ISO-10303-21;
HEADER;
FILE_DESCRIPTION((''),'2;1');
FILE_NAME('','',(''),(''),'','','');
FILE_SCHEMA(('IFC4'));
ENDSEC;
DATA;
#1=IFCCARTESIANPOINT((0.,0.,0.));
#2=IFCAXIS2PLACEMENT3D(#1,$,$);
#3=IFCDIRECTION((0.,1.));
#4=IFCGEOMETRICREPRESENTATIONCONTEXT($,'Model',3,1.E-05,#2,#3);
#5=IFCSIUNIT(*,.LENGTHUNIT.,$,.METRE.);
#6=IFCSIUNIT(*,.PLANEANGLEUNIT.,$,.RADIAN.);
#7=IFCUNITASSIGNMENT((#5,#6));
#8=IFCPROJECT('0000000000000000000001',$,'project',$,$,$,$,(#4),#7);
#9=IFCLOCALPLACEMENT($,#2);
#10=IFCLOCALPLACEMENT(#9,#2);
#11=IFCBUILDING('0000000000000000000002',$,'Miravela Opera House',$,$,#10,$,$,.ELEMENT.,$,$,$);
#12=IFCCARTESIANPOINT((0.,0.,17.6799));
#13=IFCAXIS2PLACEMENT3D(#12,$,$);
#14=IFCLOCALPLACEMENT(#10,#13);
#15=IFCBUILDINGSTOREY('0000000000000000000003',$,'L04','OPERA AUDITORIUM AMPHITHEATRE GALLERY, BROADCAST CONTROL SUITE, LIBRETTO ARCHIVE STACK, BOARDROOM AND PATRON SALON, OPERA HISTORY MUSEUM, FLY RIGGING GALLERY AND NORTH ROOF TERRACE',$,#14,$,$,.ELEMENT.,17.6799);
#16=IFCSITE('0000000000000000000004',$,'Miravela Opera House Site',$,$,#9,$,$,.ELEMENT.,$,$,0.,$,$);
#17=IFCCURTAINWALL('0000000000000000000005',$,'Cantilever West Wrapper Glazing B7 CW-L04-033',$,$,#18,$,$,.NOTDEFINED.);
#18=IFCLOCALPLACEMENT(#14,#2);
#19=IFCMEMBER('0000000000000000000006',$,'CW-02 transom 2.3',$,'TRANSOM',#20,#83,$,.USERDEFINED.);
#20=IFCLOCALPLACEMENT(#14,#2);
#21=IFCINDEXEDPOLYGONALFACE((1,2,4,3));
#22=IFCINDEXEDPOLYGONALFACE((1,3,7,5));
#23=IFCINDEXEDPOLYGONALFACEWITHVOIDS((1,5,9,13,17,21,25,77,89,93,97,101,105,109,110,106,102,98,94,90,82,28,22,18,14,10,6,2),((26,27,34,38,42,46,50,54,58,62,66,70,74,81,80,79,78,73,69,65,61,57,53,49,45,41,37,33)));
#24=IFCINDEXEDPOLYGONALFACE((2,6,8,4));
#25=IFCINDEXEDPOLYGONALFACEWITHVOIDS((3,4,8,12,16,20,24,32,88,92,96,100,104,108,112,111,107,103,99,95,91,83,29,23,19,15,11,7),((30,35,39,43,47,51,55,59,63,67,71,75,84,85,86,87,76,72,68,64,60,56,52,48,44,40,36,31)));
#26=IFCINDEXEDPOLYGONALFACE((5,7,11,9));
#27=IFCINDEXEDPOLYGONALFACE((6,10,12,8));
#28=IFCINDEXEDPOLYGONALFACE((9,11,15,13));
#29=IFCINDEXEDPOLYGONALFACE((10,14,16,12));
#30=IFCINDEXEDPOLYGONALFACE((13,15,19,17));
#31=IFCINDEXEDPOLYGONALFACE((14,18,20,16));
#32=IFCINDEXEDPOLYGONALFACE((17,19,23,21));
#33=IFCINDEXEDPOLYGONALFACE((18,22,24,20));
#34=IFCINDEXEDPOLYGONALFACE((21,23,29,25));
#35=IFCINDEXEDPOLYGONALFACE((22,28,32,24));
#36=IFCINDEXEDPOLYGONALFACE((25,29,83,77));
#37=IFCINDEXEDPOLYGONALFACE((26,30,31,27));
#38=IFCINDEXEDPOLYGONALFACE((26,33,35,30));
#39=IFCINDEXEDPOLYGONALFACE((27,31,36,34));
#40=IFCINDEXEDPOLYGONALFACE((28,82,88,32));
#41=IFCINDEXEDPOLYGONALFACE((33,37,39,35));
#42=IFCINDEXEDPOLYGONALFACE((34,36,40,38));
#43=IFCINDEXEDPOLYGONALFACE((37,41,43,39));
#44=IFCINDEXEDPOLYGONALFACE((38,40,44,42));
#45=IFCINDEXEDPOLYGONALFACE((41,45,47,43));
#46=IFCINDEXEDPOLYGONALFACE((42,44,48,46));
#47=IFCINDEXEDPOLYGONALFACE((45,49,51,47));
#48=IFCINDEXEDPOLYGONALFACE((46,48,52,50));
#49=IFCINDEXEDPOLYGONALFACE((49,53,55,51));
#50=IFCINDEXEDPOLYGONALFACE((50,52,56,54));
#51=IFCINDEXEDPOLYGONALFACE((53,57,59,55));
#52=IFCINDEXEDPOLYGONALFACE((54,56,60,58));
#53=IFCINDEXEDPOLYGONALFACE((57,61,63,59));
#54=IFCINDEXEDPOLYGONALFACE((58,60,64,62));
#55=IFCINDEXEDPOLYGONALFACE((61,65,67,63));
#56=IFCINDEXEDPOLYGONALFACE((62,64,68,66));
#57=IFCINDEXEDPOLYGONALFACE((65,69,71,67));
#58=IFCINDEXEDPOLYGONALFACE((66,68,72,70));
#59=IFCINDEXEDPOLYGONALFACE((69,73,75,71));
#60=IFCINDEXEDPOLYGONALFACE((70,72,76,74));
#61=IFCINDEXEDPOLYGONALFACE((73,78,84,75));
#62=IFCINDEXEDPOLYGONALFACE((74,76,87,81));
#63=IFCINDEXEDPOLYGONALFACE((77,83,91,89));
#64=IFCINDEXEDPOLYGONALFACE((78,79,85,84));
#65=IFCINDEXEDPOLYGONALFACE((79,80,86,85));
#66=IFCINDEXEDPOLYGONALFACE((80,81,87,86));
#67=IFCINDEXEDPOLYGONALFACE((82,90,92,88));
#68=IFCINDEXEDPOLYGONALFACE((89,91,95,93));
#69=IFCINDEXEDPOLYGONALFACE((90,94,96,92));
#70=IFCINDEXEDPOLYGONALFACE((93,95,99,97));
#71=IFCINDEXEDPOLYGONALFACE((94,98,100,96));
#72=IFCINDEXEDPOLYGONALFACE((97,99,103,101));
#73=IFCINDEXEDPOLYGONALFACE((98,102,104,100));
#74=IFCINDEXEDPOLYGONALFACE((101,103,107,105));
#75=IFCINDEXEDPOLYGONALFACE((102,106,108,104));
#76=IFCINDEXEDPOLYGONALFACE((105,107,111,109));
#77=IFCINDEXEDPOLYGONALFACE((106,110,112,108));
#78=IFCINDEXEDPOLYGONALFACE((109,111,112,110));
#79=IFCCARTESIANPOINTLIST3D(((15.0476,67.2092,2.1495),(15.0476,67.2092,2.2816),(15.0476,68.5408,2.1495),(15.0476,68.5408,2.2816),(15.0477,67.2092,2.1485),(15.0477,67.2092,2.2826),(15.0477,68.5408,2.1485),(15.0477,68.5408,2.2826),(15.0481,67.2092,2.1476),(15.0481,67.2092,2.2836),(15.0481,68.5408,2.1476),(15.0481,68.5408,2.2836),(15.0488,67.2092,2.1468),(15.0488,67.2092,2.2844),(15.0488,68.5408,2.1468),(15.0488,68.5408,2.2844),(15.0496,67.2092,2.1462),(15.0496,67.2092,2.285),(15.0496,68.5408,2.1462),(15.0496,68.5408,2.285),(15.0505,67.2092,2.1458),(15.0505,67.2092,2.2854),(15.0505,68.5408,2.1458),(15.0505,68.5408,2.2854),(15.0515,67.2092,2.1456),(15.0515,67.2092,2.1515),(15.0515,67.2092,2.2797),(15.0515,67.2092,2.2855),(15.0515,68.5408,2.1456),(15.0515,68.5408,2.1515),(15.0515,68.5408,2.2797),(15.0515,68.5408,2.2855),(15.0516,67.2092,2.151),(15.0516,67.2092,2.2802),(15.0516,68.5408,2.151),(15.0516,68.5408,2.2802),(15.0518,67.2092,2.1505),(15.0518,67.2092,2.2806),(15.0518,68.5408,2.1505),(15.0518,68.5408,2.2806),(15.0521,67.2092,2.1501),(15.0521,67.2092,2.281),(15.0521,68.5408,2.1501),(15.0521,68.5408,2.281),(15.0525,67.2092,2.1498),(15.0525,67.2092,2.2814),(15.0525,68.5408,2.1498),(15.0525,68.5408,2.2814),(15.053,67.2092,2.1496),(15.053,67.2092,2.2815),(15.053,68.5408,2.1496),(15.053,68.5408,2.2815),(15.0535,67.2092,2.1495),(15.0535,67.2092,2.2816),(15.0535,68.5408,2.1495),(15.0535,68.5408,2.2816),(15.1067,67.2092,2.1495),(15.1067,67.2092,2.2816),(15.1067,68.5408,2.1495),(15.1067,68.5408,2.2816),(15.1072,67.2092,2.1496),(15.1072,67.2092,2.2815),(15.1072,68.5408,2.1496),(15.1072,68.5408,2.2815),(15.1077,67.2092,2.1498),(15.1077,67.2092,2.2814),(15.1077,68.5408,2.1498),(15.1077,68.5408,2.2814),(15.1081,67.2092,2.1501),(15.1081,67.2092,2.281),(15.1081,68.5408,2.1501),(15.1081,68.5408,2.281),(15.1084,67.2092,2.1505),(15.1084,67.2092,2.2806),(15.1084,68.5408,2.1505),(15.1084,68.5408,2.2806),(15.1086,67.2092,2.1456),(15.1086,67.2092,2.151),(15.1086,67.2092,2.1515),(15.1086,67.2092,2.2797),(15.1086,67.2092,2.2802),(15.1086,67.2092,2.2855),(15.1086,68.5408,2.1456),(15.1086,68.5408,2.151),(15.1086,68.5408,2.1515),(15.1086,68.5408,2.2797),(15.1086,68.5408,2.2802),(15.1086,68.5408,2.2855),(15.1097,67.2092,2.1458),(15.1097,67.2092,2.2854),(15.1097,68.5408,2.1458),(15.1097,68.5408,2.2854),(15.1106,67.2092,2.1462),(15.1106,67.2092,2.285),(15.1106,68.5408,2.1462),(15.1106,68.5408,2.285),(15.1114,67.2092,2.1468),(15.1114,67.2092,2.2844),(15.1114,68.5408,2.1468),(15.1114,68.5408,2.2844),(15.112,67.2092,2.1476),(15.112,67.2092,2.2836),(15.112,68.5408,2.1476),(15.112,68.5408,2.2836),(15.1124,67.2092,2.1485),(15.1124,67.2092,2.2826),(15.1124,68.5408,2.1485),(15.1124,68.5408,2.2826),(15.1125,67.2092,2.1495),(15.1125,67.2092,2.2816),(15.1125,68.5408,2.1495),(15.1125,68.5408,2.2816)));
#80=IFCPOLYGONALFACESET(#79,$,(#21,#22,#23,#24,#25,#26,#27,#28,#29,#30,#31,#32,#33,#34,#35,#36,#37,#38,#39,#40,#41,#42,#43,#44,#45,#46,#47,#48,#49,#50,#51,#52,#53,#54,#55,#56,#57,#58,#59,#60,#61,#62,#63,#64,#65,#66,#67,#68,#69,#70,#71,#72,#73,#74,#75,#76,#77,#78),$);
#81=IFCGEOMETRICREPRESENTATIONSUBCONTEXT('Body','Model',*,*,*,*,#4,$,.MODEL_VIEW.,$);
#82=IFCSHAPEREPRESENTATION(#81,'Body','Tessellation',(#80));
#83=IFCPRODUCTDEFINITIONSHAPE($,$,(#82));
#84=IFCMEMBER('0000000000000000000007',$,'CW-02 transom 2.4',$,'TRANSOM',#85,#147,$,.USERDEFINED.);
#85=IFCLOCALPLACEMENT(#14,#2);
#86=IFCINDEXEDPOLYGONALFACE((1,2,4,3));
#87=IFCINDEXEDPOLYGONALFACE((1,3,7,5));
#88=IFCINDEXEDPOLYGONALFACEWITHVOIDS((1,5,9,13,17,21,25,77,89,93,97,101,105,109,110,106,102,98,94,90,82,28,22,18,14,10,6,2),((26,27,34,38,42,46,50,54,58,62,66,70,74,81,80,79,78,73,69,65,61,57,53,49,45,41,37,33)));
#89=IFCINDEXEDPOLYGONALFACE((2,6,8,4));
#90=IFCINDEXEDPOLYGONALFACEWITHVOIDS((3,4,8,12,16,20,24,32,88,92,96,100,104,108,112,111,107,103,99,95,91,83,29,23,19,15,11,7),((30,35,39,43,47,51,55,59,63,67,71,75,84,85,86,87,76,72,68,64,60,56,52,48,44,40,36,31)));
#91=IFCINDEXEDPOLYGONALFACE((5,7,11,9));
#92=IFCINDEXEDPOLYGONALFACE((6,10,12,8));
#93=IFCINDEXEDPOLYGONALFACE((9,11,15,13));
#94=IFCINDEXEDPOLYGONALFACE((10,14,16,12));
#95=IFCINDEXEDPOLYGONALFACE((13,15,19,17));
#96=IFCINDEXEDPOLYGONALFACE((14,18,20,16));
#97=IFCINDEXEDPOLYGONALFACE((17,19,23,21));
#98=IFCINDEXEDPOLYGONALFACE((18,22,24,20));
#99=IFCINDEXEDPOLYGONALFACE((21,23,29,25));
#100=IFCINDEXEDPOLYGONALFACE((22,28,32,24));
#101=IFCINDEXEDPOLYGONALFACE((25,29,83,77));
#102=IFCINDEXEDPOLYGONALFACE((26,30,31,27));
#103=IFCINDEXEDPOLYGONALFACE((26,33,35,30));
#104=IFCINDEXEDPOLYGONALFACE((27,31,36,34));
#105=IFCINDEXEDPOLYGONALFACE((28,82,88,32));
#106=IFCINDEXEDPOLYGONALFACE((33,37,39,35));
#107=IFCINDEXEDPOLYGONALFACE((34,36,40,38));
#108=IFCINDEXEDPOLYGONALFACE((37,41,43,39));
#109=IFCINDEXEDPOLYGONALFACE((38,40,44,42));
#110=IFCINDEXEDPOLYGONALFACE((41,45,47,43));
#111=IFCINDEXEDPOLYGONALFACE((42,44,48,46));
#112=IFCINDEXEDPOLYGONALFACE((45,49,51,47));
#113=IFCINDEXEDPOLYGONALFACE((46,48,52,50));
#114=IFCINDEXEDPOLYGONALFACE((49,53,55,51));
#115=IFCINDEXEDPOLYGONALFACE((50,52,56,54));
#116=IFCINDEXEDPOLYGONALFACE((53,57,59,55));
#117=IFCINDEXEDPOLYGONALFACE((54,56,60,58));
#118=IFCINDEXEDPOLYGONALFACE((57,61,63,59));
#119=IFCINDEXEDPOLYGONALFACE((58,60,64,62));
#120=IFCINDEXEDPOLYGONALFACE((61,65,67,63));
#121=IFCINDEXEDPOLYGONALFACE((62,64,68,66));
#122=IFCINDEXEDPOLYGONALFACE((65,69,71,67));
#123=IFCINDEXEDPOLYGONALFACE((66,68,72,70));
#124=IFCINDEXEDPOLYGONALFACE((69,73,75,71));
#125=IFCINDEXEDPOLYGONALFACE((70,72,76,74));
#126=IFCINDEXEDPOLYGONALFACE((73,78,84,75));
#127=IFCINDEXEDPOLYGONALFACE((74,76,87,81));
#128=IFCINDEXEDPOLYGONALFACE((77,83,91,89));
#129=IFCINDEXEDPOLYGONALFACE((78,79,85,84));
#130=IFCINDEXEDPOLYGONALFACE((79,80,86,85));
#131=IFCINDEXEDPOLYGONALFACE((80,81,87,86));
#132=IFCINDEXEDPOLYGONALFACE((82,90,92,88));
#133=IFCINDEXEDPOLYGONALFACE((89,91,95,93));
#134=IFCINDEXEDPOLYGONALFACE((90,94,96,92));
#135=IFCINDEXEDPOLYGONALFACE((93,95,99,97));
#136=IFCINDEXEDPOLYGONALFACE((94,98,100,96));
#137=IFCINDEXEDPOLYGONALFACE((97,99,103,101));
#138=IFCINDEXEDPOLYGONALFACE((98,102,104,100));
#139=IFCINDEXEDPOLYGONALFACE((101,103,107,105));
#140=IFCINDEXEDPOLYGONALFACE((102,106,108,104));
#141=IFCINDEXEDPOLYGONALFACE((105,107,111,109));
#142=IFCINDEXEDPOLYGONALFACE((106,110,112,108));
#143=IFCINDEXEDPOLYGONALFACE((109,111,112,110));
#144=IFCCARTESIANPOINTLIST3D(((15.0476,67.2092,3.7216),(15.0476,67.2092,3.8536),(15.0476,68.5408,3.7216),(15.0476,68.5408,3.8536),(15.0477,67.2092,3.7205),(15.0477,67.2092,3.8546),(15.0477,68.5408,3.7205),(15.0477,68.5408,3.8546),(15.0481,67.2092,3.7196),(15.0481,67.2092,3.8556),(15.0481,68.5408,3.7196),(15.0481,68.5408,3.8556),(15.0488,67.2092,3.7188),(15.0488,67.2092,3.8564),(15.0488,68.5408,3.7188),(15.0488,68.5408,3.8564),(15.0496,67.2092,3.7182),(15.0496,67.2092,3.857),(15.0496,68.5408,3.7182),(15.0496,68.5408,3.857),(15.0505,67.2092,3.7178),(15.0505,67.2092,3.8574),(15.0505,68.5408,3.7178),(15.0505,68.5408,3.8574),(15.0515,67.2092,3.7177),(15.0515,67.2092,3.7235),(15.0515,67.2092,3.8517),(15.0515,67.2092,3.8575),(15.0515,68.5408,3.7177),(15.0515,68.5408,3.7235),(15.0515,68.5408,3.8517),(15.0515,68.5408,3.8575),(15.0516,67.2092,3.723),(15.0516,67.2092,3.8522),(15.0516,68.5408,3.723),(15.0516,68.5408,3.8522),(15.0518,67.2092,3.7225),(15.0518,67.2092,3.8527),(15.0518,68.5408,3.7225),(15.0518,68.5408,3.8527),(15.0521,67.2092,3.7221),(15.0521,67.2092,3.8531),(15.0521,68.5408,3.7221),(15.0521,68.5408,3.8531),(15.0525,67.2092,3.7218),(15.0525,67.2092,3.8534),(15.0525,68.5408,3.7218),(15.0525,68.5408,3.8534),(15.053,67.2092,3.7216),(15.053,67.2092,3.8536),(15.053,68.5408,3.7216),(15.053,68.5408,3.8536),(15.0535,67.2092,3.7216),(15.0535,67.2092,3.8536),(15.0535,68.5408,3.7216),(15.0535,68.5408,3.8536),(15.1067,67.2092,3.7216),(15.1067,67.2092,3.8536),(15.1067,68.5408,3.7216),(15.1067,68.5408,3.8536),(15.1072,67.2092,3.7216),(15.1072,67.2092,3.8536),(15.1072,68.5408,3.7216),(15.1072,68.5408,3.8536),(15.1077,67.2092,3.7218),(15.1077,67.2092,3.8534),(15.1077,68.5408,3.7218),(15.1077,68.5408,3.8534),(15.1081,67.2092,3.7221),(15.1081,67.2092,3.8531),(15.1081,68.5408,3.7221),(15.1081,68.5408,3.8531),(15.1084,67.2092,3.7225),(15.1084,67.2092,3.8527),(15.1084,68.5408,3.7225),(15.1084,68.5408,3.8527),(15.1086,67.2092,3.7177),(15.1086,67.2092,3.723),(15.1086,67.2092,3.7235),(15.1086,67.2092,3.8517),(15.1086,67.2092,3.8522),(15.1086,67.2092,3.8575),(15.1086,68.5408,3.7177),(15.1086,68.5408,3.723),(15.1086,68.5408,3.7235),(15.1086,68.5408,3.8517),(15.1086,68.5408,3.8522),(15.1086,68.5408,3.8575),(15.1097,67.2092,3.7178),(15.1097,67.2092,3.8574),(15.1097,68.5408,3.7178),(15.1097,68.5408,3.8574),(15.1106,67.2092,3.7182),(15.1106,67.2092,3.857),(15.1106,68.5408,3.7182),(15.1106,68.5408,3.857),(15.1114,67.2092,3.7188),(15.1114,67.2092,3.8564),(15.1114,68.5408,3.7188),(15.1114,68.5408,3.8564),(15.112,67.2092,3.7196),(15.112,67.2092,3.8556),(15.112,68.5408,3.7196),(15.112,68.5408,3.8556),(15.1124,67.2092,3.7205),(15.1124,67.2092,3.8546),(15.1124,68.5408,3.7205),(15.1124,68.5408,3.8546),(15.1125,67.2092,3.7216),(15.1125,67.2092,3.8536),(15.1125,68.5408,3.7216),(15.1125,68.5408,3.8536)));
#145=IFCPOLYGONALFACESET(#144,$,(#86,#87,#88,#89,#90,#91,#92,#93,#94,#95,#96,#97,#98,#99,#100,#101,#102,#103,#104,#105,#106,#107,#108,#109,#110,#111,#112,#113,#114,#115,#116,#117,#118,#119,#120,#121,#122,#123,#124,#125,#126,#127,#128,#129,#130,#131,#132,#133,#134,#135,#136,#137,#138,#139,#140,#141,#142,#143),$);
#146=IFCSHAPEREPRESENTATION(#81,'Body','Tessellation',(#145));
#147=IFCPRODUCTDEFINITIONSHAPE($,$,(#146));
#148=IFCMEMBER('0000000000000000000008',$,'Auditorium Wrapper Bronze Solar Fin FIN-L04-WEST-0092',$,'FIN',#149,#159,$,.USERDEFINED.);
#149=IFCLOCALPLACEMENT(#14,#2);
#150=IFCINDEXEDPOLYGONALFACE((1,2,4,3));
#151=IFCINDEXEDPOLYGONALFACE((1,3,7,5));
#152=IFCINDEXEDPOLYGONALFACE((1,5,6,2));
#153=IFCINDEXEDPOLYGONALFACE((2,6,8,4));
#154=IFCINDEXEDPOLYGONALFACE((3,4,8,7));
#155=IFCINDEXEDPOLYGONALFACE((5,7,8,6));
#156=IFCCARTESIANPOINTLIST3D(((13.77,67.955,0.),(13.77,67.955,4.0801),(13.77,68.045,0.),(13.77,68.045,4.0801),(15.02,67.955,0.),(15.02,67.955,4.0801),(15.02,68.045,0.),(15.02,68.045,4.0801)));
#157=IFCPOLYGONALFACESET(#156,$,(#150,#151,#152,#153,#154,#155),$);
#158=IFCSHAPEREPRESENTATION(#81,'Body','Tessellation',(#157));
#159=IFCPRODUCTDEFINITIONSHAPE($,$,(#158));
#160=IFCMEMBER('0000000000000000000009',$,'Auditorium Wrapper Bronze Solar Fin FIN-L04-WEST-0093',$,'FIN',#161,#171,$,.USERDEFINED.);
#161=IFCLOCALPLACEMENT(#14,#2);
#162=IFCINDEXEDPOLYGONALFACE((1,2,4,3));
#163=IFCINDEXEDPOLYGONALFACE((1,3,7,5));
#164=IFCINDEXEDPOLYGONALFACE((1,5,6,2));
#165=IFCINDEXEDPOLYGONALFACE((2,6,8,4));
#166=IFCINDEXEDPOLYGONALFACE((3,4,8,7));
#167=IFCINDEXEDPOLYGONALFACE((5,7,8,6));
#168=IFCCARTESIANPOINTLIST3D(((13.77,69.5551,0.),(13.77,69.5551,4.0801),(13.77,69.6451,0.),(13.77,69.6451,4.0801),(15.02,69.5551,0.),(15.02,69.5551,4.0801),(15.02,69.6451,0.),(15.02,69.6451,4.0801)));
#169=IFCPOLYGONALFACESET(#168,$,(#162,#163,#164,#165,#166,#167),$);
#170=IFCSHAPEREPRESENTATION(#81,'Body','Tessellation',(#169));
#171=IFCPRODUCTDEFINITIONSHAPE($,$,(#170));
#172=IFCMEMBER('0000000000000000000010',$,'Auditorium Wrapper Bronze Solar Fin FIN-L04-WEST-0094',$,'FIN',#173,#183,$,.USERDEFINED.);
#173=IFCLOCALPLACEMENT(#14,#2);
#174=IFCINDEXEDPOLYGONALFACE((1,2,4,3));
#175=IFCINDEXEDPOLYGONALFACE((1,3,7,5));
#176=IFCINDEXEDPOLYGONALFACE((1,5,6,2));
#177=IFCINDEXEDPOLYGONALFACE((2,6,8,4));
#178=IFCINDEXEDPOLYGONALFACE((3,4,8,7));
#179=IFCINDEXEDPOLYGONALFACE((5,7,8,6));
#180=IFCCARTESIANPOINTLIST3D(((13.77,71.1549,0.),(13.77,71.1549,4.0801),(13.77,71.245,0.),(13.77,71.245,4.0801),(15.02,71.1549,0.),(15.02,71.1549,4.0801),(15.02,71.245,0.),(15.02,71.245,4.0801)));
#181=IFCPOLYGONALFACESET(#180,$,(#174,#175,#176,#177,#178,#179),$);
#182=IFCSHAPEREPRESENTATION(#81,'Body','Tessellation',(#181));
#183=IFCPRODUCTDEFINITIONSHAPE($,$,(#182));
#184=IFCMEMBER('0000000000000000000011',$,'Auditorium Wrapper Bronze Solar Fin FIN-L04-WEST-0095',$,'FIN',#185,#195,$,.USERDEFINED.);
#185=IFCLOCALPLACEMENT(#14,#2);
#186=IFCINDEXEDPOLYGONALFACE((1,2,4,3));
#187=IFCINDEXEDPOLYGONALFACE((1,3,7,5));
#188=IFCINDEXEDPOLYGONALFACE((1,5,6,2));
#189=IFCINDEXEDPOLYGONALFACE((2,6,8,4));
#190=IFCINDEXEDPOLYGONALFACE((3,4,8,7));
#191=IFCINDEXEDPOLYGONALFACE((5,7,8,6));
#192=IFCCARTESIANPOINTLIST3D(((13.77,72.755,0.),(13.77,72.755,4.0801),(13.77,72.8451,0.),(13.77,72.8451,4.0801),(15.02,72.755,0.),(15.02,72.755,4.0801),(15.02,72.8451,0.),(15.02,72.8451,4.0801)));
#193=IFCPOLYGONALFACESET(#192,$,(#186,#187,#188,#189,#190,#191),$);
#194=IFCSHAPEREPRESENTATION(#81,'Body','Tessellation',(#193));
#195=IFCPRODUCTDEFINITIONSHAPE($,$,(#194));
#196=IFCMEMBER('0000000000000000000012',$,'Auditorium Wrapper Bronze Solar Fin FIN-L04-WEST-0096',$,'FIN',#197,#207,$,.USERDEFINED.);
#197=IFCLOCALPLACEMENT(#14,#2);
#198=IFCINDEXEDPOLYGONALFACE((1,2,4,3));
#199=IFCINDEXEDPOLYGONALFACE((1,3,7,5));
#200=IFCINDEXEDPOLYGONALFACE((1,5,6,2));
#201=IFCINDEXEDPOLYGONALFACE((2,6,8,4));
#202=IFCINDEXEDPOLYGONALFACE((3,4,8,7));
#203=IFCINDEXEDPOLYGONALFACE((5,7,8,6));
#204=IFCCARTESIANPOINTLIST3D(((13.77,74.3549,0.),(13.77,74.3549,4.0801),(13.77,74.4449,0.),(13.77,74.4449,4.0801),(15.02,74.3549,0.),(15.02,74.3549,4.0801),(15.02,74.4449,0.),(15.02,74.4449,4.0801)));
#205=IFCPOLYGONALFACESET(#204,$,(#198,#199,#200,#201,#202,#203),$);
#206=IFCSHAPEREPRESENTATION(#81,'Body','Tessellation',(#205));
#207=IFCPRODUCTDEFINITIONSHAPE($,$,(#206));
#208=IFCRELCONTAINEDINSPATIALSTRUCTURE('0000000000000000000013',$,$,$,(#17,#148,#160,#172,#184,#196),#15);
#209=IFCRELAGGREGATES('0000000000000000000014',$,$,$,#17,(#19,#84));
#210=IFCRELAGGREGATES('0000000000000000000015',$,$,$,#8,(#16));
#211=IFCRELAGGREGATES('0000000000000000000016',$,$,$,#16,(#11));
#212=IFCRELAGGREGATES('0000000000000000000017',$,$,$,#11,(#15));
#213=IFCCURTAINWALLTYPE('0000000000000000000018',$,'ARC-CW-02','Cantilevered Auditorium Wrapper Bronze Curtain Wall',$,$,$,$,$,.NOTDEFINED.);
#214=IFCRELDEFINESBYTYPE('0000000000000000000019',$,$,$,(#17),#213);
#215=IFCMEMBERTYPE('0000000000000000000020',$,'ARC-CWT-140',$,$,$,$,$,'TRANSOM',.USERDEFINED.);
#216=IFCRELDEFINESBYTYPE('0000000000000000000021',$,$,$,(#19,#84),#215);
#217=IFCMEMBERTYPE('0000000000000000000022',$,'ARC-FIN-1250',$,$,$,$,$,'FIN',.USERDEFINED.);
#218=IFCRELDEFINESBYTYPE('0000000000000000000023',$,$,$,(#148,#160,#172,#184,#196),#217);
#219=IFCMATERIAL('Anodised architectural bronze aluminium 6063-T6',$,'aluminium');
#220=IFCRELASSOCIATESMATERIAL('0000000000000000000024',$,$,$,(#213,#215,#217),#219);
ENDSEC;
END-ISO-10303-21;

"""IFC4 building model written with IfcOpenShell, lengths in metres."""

from ifc_helpers import new_model, si_unit, direction, frame, origin, origin_2d, place, context, subcontext, project, spatial, rectangle, hollow_rectangle, extrude, material, material_profile, profile_set, type_object, element, aggregate, save


model = new_model("IFC4")

# Units and contexts
model_context = context("Model", 3, precision=1e-05, world=origin(), true_north=direction((0.0, 1.0)))
body_context = subcontext(model_context, "Body", "Model", "MODEL_VIEW")
ifc_project = project(units=[si_unit("LENGTHUNIT", "METRE"), si_unit("PLANEANGLEUNIT", "RADIAN")], contexts=[model_context])

# Site, building, storey
site_placement = place(None, origin())
site = spatial("IfcSite", under=ifc_project, at=site_placement, Name="Miravela Opera House Site", CompositionType="ELEMENT", RefElevation=0.0)
building_placement = place(site_placement, origin())
building = spatial("IfcBuilding", under=site, at=building_placement, Name="Miravela Opera House", CompositionType="ELEMENT")
storey_placement = place(building_placement, frame((0.0, 0.0, 17.6799)))
storey = spatial("IfcBuildingStorey", under=building, at=storey_placement, Name="L04", Description="OPERA AUDITORIUM AMPHITHEATRE GALLERY, BROADCAST CONTROL SUITE, LIBRETTO ARCHIVE STACK, BOARDROOM AND PATRON SALON, OPERA HISTORY MUSEUM, FLY RIGGING GALLERY AND NORTH ROOF TERRACE", CompositionType="ELEMENT", Elevation=17.6799)

# Curtain wall, members
ifc_material_1 = material(Name="Anodised architectural bronze aluminium 6063-T6", Category="aluminium")
curtain_wall_type = type_object("IfcCurtainWallType", Name="ARC-CW-02", Description="Cantilevered Auditorium Wrapper Bronze Curtain Wall", PredefinedType="NOTDEFINED", material=ifc_material_1)
curtain_wall_placement = place(storey_placement, origin())
curtain_wall = element("IfcCurtainWall", 1, at=curtain_wall_placement, inside=storey, type_object=curtain_wall_type, Name="Cantilever West Wrapper Glazing B7 CW-L04-033", PredefinedType="NOTDEFINED")
ifc_material_profile_1 = material_profile(ifc_material_1, hollow_rectangle(XDim=0.0649, YDim=0.1399, WallThickness=0.0039, InnerFilletRadius=0.002, OuterFilletRadius=0.0039, at=origin_2d()), Name="CWT-65X140")
ifc_profile_set_1 = profile_set([ifc_material_profile_1])
member_type_1 = type_object("IfcMemberType", Name="ARC-CWT-140", ElementType="TRANSOM", PredefinedType="USERDEFINED", material=ifc_profile_set_1)
member_1_placement = place(storey_placement, frame((15.0801, 67.2092, 2.2156), z_axis=(0.0, 1.0, 0.0), x_axis=(-1.0, 0.0, 0.0)))
member_1 = element("IfcMember", 2, at=member_1_placement, type_object=member_type_1, Name="CW-02 transom 2.3", ObjectType="TRANSOM", PredefinedType="USERDEFINED", context=body_context, shape_type="SweptSolid", body=[
    extrude(hollow_rectangle(XDim=0.0649, YDim=0.1399, WallThickness=0.0039, InnerFilletRadius=0.002, OuterFilletRadius=0.0039, at=origin_2d()), origin(), (0.0, 0.0, 1.0), 1.3315),
])
member_2_placement = place(storey_placement, frame((15.0801, 67.2092, 3.7876), z_axis=(0.0, 1.0, 0.0), x_axis=(-1.0, 0.0, 0.0)))
member_2 = element("IfcMember", 3, at=member_2_placement, type_object=member_type_1, Name="CW-02 transom 2.4", ObjectType="TRANSOM", PredefinedType="USERDEFINED", context=body_context, shape_type="SweptSolid", body=[
    extrude(hollow_rectangle(XDim=0.0649, YDim=0.1399, WallThickness=0.0039, InnerFilletRadius=0.002, OuterFilletRadius=0.0039, at=origin_2d()), origin(), (0.0, 0.0, 1.0), 1.3315),
])

# Members
ifc_material_profile_2 = material_profile(ifc_material_1, rectangle(XDim=0.0901, YDim=1.25, at=origin_2d()), Name="FIN-1250X90")
ifc_profile_set_2 = profile_set([ifc_material_profile_2])
member_type_2 = type_object("IfcMemberType", Name="ARC-FIN-1250", ElementType="FIN", PredefinedType="USERDEFINED", material=ifc_profile_set_2)
for number, where, z_axis, x_axis, name in (
    (4, (14.395, 68.0, 0.0), (0.0, 0.0, 1.0), (0.0, 1.0, 0.0), "Auditorium Wrapper Bronze Solar Fin FIN-L04-WEST-0092"),
    (5, (14.395, 69.6001, 0.0), (0.0, 0.0, 1.0), (0.0, 1.0, 0.0), "Auditorium Wrapper Bronze Solar Fin FIN-L04-WEST-0093"),
    (6, (14.395, 71.2, 0.0), (0.0, 0.0, 1.0), (0.0, 1.0, 0.0), "Auditorium Wrapper Bronze Solar Fin FIN-L04-WEST-0094"),
    (7, (14.395, 72.8, 0.0), (0.0, 0.0, 1.0), (0.0, 1.0, 0.0), "Auditorium Wrapper Bronze Solar Fin FIN-L04-WEST-0095"),
    (8, (14.395, 74.3999, 0.0), (0.0, 0.0, 1.0), (0.0, 1.0, 0.0), "Auditorium Wrapper Bronze Solar Fin FIN-L04-WEST-0096"),
):
    element("IfcMember", number, at=place(storey_placement, frame(where, z_axis=z_axis, x_axis=x_axis)), inside=storey, type_object=member_type_2, Name=name, ObjectType="FIN", PredefinedType="USERDEFINED", context=body_context, shape_type="SweptSolid", body=[
        extrude(rectangle(XDim=0.0901, YDim=1.25, at=origin_2d()), origin(), (0.0, 0.0, 1.0), 4.0801),
    ])

aggregate(curtain_wall, [member_1, member_2])

save(model, "model.ifc")
